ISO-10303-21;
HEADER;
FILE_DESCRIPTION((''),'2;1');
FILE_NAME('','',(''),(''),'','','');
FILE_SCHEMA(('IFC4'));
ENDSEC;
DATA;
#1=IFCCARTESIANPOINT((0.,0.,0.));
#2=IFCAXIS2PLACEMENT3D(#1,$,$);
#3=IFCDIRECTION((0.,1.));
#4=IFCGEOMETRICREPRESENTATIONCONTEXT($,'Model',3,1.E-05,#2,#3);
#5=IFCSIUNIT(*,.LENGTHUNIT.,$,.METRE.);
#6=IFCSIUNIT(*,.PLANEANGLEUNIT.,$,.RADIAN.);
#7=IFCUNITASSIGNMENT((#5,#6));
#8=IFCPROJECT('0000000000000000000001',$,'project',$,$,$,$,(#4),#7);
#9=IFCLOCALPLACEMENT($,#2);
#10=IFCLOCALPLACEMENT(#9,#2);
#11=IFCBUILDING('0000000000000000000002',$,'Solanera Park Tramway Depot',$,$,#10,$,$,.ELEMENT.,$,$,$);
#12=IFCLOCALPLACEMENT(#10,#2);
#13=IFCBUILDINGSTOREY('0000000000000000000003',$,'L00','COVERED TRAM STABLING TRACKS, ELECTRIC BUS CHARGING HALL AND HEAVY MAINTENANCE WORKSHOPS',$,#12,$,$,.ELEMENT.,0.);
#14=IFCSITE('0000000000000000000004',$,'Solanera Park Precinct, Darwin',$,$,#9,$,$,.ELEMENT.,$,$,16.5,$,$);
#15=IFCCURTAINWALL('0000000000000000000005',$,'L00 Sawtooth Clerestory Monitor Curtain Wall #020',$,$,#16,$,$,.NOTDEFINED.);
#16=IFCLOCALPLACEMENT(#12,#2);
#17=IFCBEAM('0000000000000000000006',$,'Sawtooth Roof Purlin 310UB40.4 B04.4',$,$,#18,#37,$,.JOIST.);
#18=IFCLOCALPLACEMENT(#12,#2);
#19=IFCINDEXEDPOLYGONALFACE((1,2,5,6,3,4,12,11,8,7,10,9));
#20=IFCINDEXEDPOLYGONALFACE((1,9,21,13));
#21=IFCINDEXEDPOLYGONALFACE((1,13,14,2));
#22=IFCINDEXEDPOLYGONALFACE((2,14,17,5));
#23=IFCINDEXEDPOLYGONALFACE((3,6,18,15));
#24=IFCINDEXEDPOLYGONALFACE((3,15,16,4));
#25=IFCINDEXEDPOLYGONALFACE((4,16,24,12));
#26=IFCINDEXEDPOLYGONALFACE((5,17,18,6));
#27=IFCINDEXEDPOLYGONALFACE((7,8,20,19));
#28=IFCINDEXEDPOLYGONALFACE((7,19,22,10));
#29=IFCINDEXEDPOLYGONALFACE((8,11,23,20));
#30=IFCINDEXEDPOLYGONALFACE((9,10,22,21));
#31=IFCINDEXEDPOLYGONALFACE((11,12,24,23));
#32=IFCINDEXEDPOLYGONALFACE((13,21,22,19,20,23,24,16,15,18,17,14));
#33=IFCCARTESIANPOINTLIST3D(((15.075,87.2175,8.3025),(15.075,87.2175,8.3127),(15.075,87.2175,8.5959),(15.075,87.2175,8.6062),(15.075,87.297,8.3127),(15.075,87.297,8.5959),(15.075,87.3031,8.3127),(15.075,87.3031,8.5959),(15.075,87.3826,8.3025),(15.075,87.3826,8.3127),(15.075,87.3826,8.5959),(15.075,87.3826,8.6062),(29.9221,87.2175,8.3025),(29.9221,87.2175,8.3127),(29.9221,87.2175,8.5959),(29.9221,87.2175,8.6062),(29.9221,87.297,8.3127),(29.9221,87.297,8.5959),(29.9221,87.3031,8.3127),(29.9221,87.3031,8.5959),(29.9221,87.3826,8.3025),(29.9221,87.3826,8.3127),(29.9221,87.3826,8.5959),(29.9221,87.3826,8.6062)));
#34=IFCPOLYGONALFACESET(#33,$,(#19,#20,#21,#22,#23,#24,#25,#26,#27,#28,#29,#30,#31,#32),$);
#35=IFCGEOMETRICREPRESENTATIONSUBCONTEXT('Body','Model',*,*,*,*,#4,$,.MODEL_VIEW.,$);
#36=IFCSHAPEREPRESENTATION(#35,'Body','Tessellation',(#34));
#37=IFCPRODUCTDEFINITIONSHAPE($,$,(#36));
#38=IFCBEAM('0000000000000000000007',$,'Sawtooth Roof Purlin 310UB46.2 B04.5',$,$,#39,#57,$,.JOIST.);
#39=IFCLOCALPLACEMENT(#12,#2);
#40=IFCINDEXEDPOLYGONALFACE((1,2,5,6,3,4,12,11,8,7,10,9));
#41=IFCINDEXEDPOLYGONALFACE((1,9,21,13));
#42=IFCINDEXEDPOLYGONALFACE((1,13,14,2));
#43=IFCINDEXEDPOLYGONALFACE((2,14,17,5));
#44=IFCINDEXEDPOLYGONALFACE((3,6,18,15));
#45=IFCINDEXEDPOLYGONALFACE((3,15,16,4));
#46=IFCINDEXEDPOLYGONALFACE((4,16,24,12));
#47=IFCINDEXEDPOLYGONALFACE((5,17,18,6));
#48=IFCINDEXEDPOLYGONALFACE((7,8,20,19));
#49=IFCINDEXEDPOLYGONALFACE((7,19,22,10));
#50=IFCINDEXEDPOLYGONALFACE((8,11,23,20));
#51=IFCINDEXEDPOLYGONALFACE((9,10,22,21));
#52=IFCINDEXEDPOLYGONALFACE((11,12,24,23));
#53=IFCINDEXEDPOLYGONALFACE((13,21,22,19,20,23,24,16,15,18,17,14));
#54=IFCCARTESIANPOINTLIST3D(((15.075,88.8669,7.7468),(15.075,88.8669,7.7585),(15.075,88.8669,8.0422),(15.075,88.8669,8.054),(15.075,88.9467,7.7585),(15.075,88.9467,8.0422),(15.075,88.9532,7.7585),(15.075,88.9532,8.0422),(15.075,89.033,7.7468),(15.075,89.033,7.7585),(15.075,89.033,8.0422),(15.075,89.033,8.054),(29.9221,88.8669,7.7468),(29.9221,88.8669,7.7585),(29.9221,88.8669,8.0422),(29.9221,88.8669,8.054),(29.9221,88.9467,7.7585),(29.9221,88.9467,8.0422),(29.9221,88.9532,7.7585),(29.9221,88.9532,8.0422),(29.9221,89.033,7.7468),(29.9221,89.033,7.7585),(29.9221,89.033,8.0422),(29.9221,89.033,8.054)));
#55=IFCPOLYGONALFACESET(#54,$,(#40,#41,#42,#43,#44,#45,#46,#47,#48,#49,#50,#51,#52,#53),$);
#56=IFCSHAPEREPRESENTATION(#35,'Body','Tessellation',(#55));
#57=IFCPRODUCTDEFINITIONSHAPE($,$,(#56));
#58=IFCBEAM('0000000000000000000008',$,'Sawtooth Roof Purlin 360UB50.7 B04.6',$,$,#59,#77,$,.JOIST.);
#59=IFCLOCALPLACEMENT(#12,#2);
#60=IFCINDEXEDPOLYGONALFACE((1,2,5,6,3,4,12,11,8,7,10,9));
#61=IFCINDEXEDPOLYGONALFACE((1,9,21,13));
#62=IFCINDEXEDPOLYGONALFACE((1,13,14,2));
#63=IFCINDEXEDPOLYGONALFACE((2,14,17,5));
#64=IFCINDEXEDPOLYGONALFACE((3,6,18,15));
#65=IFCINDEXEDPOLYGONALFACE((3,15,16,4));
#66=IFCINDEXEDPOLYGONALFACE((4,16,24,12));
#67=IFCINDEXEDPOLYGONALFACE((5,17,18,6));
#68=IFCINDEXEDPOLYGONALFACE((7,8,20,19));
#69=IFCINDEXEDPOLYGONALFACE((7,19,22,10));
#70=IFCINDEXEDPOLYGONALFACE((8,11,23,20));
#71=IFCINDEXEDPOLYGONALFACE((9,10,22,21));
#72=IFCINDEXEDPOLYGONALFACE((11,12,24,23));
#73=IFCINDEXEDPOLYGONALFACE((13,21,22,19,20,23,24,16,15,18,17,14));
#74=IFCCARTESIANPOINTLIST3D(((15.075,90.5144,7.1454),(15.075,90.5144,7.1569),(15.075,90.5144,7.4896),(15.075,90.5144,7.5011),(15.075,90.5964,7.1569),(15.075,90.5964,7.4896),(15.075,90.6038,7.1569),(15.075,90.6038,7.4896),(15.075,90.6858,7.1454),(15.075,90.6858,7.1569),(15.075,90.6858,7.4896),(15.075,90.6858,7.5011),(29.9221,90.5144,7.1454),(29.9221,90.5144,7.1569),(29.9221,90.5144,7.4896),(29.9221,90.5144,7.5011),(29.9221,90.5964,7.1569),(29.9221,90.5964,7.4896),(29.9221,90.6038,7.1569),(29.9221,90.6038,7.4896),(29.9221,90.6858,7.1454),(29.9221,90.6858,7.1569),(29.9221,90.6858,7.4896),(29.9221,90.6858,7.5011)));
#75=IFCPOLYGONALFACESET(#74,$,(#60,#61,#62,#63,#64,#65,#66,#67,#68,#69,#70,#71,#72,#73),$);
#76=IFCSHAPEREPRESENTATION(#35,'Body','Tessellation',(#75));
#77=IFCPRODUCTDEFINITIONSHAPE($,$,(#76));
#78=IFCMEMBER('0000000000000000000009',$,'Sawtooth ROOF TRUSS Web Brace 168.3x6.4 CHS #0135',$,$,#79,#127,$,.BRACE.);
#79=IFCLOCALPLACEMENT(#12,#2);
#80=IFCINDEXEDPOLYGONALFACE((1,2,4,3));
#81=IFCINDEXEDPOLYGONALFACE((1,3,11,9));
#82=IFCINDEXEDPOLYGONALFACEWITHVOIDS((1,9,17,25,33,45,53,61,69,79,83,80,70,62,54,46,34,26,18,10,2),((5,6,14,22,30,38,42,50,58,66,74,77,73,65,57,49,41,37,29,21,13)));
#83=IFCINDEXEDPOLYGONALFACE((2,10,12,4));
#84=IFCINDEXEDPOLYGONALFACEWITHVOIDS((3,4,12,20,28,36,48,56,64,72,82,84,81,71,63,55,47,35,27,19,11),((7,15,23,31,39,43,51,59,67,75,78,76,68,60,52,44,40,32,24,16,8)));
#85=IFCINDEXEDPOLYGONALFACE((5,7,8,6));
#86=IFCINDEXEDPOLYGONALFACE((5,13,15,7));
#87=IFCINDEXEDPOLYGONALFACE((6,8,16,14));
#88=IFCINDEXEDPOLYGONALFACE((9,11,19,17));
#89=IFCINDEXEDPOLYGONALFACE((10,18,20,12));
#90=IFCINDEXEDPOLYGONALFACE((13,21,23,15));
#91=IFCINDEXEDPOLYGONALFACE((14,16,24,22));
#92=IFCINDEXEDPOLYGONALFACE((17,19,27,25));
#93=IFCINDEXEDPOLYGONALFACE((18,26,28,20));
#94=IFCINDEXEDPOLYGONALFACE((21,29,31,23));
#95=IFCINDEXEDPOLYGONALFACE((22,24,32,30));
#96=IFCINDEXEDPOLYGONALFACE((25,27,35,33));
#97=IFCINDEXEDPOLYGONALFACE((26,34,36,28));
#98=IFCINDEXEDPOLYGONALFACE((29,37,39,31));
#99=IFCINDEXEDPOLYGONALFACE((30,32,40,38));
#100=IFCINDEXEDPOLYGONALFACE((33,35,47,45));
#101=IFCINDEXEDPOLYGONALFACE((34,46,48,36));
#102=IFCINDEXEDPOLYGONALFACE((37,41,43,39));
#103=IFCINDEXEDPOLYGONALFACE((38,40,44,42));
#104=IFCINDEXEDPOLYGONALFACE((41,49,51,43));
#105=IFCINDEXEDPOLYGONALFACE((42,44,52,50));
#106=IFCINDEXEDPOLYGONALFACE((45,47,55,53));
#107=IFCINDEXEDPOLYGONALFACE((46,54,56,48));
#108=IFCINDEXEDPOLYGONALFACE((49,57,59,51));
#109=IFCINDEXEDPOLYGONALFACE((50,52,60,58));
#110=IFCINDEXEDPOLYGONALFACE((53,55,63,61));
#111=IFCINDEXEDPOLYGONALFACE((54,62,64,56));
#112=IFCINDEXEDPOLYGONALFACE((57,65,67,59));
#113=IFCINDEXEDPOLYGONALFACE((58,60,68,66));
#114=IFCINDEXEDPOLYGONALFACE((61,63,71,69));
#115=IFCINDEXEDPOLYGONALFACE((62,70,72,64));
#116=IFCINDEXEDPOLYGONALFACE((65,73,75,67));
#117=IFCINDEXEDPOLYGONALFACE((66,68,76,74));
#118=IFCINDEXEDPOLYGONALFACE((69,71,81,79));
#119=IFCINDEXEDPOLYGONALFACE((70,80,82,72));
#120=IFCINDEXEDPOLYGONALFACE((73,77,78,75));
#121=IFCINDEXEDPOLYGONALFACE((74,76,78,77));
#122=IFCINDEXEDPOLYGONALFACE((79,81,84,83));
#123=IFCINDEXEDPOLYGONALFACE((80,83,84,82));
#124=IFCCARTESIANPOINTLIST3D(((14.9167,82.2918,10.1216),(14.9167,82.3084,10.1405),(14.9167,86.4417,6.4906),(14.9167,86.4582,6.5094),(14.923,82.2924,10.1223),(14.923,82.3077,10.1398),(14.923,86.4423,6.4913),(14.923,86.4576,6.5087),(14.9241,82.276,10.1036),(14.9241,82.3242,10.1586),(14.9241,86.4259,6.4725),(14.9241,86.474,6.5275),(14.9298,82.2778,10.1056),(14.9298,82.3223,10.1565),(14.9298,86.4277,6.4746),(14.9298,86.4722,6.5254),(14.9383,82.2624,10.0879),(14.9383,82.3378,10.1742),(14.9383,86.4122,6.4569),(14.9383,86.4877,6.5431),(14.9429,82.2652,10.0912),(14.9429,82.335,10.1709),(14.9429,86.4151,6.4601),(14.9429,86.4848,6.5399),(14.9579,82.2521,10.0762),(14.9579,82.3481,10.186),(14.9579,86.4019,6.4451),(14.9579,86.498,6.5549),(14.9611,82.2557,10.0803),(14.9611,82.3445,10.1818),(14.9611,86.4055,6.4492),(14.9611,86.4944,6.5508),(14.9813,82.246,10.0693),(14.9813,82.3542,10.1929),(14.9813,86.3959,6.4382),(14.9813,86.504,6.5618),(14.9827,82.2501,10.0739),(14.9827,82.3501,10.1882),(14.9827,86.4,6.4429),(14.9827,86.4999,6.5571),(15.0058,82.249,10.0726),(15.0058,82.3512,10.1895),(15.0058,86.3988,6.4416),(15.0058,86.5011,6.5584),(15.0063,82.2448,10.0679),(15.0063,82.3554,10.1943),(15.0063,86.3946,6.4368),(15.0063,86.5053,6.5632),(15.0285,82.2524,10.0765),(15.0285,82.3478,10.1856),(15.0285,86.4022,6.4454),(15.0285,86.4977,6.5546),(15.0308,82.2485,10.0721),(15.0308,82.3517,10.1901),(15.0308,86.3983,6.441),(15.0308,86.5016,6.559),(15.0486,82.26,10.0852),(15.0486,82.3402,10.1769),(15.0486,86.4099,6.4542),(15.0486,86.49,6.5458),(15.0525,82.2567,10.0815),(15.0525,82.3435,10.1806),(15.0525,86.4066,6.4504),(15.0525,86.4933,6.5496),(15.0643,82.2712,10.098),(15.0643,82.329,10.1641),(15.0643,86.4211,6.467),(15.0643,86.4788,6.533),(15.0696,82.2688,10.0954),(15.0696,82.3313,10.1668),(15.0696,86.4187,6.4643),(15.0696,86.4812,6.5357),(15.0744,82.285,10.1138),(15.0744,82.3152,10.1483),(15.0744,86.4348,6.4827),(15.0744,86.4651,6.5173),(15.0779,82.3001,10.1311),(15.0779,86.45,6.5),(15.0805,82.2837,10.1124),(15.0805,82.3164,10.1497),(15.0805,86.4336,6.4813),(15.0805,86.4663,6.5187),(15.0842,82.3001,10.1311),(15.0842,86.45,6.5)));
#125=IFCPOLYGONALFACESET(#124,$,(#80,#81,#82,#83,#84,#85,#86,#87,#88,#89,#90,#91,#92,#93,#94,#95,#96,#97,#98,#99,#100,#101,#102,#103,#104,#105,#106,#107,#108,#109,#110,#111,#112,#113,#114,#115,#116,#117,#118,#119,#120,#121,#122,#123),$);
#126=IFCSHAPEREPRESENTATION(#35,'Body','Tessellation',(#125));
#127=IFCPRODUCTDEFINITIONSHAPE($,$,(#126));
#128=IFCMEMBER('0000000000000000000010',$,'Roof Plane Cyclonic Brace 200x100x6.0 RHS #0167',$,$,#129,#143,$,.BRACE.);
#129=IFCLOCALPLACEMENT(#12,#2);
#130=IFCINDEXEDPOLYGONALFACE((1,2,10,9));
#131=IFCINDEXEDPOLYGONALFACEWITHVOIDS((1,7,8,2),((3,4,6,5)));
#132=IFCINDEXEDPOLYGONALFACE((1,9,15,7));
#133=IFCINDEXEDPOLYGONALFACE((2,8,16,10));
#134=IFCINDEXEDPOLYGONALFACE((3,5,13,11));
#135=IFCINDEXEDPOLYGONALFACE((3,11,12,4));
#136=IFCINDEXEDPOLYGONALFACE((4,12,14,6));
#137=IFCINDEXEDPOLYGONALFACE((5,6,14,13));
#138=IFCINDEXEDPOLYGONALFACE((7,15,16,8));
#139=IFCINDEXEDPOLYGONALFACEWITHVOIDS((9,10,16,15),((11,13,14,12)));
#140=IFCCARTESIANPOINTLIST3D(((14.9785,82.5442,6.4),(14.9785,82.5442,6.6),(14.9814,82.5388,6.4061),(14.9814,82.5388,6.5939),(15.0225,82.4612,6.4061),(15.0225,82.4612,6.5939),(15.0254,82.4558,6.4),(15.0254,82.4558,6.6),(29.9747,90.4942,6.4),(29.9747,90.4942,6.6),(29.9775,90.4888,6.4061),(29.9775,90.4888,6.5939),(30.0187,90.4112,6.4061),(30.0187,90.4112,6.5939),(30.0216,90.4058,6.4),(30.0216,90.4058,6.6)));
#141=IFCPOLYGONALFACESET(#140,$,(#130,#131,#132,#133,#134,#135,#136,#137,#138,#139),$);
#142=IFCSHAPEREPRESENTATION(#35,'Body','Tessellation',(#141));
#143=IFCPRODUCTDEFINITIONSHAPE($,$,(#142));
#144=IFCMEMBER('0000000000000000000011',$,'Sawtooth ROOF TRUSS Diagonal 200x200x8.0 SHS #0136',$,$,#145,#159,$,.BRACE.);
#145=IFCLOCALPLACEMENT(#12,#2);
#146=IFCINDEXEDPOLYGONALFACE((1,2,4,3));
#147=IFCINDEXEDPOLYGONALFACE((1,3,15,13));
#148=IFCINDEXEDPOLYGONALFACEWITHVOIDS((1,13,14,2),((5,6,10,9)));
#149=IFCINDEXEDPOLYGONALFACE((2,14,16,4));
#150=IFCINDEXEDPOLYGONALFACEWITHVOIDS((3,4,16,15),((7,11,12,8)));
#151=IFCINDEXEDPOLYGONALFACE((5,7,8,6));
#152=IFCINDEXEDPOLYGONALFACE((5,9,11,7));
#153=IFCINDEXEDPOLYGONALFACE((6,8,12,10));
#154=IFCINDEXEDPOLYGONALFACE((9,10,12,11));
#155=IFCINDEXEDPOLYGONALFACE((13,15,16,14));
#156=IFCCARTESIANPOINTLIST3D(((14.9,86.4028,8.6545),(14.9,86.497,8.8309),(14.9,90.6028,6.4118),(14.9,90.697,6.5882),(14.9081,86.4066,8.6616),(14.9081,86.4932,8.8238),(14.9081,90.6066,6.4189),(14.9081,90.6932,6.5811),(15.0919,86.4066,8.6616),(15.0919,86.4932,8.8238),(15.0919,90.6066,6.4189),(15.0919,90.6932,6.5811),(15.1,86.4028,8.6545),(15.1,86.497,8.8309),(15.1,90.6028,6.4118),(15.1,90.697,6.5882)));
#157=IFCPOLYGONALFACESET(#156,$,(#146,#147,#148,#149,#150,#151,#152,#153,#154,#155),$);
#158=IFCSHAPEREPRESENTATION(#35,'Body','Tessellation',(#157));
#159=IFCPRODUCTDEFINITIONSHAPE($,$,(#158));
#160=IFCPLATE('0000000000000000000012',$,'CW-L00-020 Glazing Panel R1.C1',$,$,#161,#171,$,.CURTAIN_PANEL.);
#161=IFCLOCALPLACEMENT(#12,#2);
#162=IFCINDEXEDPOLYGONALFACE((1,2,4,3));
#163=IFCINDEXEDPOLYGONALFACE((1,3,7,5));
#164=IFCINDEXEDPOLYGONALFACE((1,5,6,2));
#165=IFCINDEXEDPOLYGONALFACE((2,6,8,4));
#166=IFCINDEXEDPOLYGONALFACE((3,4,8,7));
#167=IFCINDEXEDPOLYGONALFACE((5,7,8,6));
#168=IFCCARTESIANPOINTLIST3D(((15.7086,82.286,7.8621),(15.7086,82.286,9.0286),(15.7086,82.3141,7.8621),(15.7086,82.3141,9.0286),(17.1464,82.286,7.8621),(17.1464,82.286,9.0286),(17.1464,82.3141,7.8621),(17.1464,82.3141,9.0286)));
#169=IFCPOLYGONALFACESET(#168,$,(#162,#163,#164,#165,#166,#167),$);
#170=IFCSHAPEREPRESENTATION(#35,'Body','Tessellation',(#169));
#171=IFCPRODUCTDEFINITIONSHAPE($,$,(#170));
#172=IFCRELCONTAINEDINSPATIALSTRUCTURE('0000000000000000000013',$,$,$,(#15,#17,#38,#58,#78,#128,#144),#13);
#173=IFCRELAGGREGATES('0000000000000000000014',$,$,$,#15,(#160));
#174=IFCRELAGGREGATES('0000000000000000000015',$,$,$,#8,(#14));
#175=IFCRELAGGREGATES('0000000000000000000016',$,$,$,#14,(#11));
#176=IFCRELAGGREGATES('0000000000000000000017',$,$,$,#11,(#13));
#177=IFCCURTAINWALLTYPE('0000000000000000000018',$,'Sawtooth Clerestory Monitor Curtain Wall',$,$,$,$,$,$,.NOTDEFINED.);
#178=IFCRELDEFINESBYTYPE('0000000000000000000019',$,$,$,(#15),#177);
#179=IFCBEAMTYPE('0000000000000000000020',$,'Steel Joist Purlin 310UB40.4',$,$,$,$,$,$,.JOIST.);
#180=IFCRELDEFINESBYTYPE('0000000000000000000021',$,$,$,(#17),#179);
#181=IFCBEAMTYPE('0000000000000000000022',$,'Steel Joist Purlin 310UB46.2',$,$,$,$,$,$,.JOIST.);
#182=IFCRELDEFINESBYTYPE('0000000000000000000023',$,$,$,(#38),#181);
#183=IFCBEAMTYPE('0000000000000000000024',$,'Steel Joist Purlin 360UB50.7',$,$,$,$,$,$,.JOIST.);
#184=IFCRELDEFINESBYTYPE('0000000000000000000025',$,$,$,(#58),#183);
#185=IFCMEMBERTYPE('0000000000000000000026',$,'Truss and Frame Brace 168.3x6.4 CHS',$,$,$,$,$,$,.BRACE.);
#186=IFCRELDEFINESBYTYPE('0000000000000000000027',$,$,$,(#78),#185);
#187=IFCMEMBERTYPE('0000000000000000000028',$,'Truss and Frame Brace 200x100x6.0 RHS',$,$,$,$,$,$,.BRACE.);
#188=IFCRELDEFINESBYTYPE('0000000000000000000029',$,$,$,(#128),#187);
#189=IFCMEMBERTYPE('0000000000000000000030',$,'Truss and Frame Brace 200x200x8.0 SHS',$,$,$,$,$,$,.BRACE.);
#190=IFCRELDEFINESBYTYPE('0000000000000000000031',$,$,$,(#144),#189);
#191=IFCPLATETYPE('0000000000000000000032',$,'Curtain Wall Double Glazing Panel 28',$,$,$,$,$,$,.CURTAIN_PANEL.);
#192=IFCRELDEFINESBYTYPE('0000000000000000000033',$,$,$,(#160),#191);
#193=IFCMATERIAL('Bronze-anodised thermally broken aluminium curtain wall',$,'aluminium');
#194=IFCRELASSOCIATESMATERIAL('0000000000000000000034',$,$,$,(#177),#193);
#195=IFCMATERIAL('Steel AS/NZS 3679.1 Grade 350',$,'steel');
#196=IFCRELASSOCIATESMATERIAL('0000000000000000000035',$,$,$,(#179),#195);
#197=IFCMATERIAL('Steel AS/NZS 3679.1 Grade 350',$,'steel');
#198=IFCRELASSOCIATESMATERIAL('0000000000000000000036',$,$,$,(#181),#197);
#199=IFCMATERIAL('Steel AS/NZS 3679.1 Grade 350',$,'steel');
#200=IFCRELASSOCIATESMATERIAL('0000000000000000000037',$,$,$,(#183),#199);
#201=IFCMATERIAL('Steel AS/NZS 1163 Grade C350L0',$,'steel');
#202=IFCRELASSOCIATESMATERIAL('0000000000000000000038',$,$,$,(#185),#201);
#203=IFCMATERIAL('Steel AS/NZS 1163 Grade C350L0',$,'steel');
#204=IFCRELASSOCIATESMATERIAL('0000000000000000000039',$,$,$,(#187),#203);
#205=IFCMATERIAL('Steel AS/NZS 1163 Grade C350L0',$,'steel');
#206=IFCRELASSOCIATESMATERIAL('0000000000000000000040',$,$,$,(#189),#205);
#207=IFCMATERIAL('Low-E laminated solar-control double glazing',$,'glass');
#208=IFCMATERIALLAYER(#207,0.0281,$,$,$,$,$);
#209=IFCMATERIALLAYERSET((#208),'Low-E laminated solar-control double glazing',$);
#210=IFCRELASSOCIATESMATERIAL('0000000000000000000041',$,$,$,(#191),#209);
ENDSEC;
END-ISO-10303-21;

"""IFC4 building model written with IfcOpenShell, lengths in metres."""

from ifc_helpers import new_model, si_unit, direction, frame, origin, origin_2d, place, context, subcontext, project, spatial, rectangle, hollow_rectangle, hollow_circle, i_section, extrude, material, layer, layer_set, material_profile, profile_set, type_object, element, aggregate, save


model = new_model("IFC4")

# Units and contexts
model_context = context("Model", 3, precision=1e-05, world=origin(), true_north=direction((0.0, 1.0)))
body_context = subcontext(model_context, "Body", "Model", "MODEL_VIEW")
ifc_project = project(units=[si_unit("LENGTHUNIT", "METRE"), si_unit("PLANEANGLEUNIT", "RADIAN")], contexts=[model_context])

# Site, building, storey
site_placement = place(None, origin())
site = spatial("IfcSite", under=ifc_project, at=site_placement, Name="Solanera Park Precinct, Darwin", CompositionType="ELEMENT", RefElevation=16.5)
building_placement = place(site_placement, origin())
building = spatial("IfcBuilding", under=site, at=building_placement, Name="Solanera Park Tramway Depot", CompositionType="ELEMENT")
storey_placement = place(building_placement, origin())
storey = spatial("IfcBuildingStorey", under=building, at=storey_placement, Name="L00", Description="COVERED TRAM STABLING TRACKS, ELECTRIC BUS CHARGING HALL AND HEAVY MAINTENANCE WORKSHOPS", CompositionType="ELEMENT", Elevation=0.0)

# Curtain wall
ifc_material_1 = material(Name="Bronze-anodised thermally broken aluminium curtain wall", Category="aluminium")
curtain_wall_type = type_object("IfcCurtainWallType", Name="Sawtooth Clerestory Monitor Curtain Wall", PredefinedType="NOTDEFINED", material=ifc_material_1)
curtain_wall_1_placement = place(storey_placement, origin())
curtain_wall_1 = element("IfcCurtainWall", 1, at=curtain_wall_1_placement, inside=storey, type_object=curtain_wall_type, Name="L00 Sawtooth Clerestory Monitor Curtain Wall #020", PredefinedType="NOTDEFINED")

# Beams
ifc_material_2 = material(Name="Steel AS/NZS 3679.1 Grade 350", Category="steel")
ifc_material_profile_1 = material_profile(ifc_material_2, i_section(OverallWidth=0.165, OverallDepth=0.3037, WebThickness=0.0061, FlangeThickness=0.0103, at=origin_2d()), Name="310UB40.4")
ifc_profile_set_1 = profile_set([ifc_material_profile_1], Name="Steel AS/NZS 3679.1 Grade 350")
beam_type_1 = type_object("IfcBeamType", Name="Steel Joist Purlin 310UB40.4", PredefinedType="JOIST", material=ifc_profile_set_1)
beam_1_placement = place(storey_placement, frame((15.075, 87.3, 8.4543), z_axis=(1.0, 0.0, 0.0), x_axis=(0.0, 1.0, 0.0)))
element("IfcBeam", 2, at=beam_1_placement, inside=storey, type_object=beam_type_1, Name="Sawtooth Roof Purlin 310UB40.4 B04.4", PredefinedType="JOIST", context=body_context, shape_type="SweptSolid", body=[
    extrude(i_section(OverallWidth=0.165, OverallDepth=0.3037, WebThickness=0.0061, FlangeThickness=0.0103, at=origin_2d()), origin(), (0.0, 0.0, 1.0), 14.8472),
])
ifc_material_3 = material(Name="Steel AS/NZS 3679.1 Grade 350", Category="steel")
ifc_material_profile_2 = material_profile(ifc_material_3, i_section(OverallWidth=0.166, OverallDepth=0.3071, WebThickness=0.0066, FlangeThickness=0.0117, at=origin_2d()), Name="310UB46.2")
ifc_profile_set_2 = profile_set([ifc_material_profile_2], Name="Steel AS/NZS 3679.1 Grade 350")
beam_type_2 = type_object("IfcBeamType", Name="Steel Joist Purlin 310UB46.2", PredefinedType="JOIST", material=ifc_profile_set_2)
beam_2_placement = place(storey_placement, frame((15.075, 88.95, 7.9004), z_axis=(1.0, 0.0, 0.0), x_axis=(0.0, 1.0, 0.0)))
element("IfcBeam", 3, at=beam_2_placement, inside=storey, type_object=beam_type_2, Name="Sawtooth Roof Purlin 310UB46.2 B04.5", PredefinedType="JOIST", context=body_context, shape_type="SweptSolid", body=[
    extrude(i_section(OverallWidth=0.166, OverallDepth=0.3071, WebThickness=0.0066, FlangeThickness=0.0117, at=origin_2d()), origin(), (0.0, 0.0, 1.0), 14.8472),
])
ifc_material_4 = material(Name="Steel AS/NZS 3679.1 Grade 350", Category="steel")
ifc_material_profile_3 = material_profile(ifc_material_4, i_section(OverallWidth=0.1714, OverallDepth=0.3557, WebThickness=0.0073, FlangeThickness=0.0115, at=origin_2d()), Name="360UB50.7")
ifc_profile_set_3 = profile_set([ifc_material_profile_3], Name="Steel AS/NZS 3679.1 Grade 350")
beam_type_3 = type_object("IfcBeamType", Name="Steel Joist Purlin 360UB50.7", PredefinedType="JOIST", material=ifc_profile_set_3)
beam_3_placement = place(storey_placement, frame((15.075, 90.6001, 7.3232), z_axis=(1.0, 0.0, 0.0), x_axis=(0.0, 1.0, 0.0)))
element("IfcBeam", 4, at=beam_3_placement, inside=storey, type_object=beam_type_3, Name="Sawtooth Roof Purlin 360UB50.7 B04.6", PredefinedType="JOIST", context=body_context, shape_type="SweptSolid", body=[
    extrude(i_section(OverallWidth=0.1714, OverallDepth=0.3557, WebThickness=0.0073, FlangeThickness=0.0115, at=origin_2d()), origin(), (0.0, 0.0, 1.0), 14.8472),
])

# Members
ifc_material_5 = material(Name="Steel AS/NZS 1163 Grade C350L0", Category="steel")
ifc_material_profile_4 = material_profile(ifc_material_5, hollow_circle(Radius=0.0842, WallThickness=0.0063, at=origin_2d()), Name="168.3x6.4 CHS")
ifc_profile_set_4 = profile_set([ifc_material_profile_4], Name="Steel AS/NZS 1163 Grade C350L0")
member_type_1 = type_object("IfcMemberType", Name="Truss and Frame Brace 168.3x6.4 CHS", PredefinedType="BRACE", material=ifc_profile_set_4)
member_1_placement = place(storey_placement, frame((15.0, 86.45, 6.5), z_axis=(0.0, -0.752582, 0.658498), x_axis=(1.0, 0.0, 0.0)))
element("IfcMember", 5, at=member_1_placement, inside=storey, type_object=member_type_1, Name="Sawtooth ROOF TRUSS Web Brace 168.3x6.4 CHS #0135", PredefinedType="BRACE", context=body_context, shape_type="SweptSolid", body=[
    extrude(hollow_circle(Radius=0.0842, WallThickness=0.0063, at=origin_2d()), origin(), (0.0, 0.0, 1.0), 5.5142),
])
ifc_material_6 = material(Name="Steel AS/NZS 1163 Grade C350L0", Category="steel")
ifc_material_profile_5 = material_profile(ifc_material_6, hollow_rectangle(XDim=0.1001, YDim=0.2, WallThickness=0.0061, at=origin_2d()), Name="200x100x6.0 RHS")
ifc_profile_set_5 = profile_set([ifc_material_profile_5], Name="Steel AS/NZS 1163 Grade C350L0")
member_type_2 = type_object("IfcMemberType", Name="Truss and Frame Brace 200x100x6.0 RHS", PredefinedType="BRACE", material=ifc_profile_set_5)
member_2_placement = place(storey_placement, frame((15.002, 82.5, 6.5), z_axis=(0.883524, 0.468387, 0.0), x_axis=(-0.468387, 0.883524, 0.0)))
element("IfcMember", 6, at=member_2_placement, inside=storey, type_object=member_type_2, Name="Roof Plane Cyclonic Brace 200x100x6.0 RHS #0167", PredefinedType="BRACE", context=body_context, shape_type="SweptSolid", body=[
    extrude(hollow_rectangle(XDim=0.1001, YDim=0.2, WallThickness=0.0061, at=origin_2d()), origin(), (0.0, 0.0, 1.0), 16.9731),
])
ifc_material_7 = material(Name="Steel AS/NZS 1163 Grade C350L0", Category="steel")
ifc_material_profile_6 = material_profile(ifc_material_7, hollow_rectangle(XDim=0.2, YDim=0.2, WallThickness=0.0081, at=origin_2d()), Name="200x200x8.0 SHS")
ifc_profile_set_6 = profile_set([ifc_material_profile_6], Name="Steel AS/NZS 1163 Grade C350L0")
member_type_3 = type_object("IfcMemberType", Name="Truss and Frame Brace 200x200x8.0 SHS", PredefinedType="BRACE", material=ifc_profile_set_6)
member_3_placement = place(storey_placement, frame((15.0, 90.6499, 6.5), z_axis=(0.0, -0.882117, 0.47103), x_axis=(1.0, 0.0, 0.0)))
element("IfcMember", 7, at=member_3_placement, inside=storey, type_object=member_type_3, Name="Sawtooth ROOF TRUSS Diagonal 200x200x8.0 SHS #0136", PredefinedType="BRACE", context=body_context, shape_type="SweptSolid", body=[
    extrude(hollow_rectangle(XDim=0.2, YDim=0.2, WallThickness=0.0081, at=origin_2d()), origin(), (0.0, 0.0, 1.0), 4.7612),
])

# Plate
ifc_material_8 = material(Name="Low-E laminated solar-control double glazing", Category="glass")
ifc_layer_1 = layer(ifc_material_8, 0.0281)
ifc_layer_set_1 = layer_set([ifc_layer_1], Name="Low-E laminated solar-control double glazing")
plate_type_1 = type_object("IfcPlateType", Name="Curtain Wall Double Glazing Panel 28", PredefinedType="CURTAIN_PANEL", material=ifc_layer_set_1)
plate_1_placement = place(storey_placement, frame((16.4275, 82.3, 7.8621), z_axis=(0.0, 0.0, 1.0), x_axis=(1.0, 0.0, 0.0)))
plate_1 = element("IfcPlate", 8, at=plate_1_placement, type_object=plate_type_1, Name="CW-L00-020 Glazing Panel R1.C1", PredefinedType="CURTAIN_PANEL", context=body_context, shape_type="SweptSolid", body=[
    extrude(rectangle(XDim=1.4377, YDim=0.0281, at=origin_2d()), origin(), (0.0, 0.0, 1.0), 1.1665),
])
aggregate(curtain_wall_1, [plate_1])

save(model, "model.ifc")
